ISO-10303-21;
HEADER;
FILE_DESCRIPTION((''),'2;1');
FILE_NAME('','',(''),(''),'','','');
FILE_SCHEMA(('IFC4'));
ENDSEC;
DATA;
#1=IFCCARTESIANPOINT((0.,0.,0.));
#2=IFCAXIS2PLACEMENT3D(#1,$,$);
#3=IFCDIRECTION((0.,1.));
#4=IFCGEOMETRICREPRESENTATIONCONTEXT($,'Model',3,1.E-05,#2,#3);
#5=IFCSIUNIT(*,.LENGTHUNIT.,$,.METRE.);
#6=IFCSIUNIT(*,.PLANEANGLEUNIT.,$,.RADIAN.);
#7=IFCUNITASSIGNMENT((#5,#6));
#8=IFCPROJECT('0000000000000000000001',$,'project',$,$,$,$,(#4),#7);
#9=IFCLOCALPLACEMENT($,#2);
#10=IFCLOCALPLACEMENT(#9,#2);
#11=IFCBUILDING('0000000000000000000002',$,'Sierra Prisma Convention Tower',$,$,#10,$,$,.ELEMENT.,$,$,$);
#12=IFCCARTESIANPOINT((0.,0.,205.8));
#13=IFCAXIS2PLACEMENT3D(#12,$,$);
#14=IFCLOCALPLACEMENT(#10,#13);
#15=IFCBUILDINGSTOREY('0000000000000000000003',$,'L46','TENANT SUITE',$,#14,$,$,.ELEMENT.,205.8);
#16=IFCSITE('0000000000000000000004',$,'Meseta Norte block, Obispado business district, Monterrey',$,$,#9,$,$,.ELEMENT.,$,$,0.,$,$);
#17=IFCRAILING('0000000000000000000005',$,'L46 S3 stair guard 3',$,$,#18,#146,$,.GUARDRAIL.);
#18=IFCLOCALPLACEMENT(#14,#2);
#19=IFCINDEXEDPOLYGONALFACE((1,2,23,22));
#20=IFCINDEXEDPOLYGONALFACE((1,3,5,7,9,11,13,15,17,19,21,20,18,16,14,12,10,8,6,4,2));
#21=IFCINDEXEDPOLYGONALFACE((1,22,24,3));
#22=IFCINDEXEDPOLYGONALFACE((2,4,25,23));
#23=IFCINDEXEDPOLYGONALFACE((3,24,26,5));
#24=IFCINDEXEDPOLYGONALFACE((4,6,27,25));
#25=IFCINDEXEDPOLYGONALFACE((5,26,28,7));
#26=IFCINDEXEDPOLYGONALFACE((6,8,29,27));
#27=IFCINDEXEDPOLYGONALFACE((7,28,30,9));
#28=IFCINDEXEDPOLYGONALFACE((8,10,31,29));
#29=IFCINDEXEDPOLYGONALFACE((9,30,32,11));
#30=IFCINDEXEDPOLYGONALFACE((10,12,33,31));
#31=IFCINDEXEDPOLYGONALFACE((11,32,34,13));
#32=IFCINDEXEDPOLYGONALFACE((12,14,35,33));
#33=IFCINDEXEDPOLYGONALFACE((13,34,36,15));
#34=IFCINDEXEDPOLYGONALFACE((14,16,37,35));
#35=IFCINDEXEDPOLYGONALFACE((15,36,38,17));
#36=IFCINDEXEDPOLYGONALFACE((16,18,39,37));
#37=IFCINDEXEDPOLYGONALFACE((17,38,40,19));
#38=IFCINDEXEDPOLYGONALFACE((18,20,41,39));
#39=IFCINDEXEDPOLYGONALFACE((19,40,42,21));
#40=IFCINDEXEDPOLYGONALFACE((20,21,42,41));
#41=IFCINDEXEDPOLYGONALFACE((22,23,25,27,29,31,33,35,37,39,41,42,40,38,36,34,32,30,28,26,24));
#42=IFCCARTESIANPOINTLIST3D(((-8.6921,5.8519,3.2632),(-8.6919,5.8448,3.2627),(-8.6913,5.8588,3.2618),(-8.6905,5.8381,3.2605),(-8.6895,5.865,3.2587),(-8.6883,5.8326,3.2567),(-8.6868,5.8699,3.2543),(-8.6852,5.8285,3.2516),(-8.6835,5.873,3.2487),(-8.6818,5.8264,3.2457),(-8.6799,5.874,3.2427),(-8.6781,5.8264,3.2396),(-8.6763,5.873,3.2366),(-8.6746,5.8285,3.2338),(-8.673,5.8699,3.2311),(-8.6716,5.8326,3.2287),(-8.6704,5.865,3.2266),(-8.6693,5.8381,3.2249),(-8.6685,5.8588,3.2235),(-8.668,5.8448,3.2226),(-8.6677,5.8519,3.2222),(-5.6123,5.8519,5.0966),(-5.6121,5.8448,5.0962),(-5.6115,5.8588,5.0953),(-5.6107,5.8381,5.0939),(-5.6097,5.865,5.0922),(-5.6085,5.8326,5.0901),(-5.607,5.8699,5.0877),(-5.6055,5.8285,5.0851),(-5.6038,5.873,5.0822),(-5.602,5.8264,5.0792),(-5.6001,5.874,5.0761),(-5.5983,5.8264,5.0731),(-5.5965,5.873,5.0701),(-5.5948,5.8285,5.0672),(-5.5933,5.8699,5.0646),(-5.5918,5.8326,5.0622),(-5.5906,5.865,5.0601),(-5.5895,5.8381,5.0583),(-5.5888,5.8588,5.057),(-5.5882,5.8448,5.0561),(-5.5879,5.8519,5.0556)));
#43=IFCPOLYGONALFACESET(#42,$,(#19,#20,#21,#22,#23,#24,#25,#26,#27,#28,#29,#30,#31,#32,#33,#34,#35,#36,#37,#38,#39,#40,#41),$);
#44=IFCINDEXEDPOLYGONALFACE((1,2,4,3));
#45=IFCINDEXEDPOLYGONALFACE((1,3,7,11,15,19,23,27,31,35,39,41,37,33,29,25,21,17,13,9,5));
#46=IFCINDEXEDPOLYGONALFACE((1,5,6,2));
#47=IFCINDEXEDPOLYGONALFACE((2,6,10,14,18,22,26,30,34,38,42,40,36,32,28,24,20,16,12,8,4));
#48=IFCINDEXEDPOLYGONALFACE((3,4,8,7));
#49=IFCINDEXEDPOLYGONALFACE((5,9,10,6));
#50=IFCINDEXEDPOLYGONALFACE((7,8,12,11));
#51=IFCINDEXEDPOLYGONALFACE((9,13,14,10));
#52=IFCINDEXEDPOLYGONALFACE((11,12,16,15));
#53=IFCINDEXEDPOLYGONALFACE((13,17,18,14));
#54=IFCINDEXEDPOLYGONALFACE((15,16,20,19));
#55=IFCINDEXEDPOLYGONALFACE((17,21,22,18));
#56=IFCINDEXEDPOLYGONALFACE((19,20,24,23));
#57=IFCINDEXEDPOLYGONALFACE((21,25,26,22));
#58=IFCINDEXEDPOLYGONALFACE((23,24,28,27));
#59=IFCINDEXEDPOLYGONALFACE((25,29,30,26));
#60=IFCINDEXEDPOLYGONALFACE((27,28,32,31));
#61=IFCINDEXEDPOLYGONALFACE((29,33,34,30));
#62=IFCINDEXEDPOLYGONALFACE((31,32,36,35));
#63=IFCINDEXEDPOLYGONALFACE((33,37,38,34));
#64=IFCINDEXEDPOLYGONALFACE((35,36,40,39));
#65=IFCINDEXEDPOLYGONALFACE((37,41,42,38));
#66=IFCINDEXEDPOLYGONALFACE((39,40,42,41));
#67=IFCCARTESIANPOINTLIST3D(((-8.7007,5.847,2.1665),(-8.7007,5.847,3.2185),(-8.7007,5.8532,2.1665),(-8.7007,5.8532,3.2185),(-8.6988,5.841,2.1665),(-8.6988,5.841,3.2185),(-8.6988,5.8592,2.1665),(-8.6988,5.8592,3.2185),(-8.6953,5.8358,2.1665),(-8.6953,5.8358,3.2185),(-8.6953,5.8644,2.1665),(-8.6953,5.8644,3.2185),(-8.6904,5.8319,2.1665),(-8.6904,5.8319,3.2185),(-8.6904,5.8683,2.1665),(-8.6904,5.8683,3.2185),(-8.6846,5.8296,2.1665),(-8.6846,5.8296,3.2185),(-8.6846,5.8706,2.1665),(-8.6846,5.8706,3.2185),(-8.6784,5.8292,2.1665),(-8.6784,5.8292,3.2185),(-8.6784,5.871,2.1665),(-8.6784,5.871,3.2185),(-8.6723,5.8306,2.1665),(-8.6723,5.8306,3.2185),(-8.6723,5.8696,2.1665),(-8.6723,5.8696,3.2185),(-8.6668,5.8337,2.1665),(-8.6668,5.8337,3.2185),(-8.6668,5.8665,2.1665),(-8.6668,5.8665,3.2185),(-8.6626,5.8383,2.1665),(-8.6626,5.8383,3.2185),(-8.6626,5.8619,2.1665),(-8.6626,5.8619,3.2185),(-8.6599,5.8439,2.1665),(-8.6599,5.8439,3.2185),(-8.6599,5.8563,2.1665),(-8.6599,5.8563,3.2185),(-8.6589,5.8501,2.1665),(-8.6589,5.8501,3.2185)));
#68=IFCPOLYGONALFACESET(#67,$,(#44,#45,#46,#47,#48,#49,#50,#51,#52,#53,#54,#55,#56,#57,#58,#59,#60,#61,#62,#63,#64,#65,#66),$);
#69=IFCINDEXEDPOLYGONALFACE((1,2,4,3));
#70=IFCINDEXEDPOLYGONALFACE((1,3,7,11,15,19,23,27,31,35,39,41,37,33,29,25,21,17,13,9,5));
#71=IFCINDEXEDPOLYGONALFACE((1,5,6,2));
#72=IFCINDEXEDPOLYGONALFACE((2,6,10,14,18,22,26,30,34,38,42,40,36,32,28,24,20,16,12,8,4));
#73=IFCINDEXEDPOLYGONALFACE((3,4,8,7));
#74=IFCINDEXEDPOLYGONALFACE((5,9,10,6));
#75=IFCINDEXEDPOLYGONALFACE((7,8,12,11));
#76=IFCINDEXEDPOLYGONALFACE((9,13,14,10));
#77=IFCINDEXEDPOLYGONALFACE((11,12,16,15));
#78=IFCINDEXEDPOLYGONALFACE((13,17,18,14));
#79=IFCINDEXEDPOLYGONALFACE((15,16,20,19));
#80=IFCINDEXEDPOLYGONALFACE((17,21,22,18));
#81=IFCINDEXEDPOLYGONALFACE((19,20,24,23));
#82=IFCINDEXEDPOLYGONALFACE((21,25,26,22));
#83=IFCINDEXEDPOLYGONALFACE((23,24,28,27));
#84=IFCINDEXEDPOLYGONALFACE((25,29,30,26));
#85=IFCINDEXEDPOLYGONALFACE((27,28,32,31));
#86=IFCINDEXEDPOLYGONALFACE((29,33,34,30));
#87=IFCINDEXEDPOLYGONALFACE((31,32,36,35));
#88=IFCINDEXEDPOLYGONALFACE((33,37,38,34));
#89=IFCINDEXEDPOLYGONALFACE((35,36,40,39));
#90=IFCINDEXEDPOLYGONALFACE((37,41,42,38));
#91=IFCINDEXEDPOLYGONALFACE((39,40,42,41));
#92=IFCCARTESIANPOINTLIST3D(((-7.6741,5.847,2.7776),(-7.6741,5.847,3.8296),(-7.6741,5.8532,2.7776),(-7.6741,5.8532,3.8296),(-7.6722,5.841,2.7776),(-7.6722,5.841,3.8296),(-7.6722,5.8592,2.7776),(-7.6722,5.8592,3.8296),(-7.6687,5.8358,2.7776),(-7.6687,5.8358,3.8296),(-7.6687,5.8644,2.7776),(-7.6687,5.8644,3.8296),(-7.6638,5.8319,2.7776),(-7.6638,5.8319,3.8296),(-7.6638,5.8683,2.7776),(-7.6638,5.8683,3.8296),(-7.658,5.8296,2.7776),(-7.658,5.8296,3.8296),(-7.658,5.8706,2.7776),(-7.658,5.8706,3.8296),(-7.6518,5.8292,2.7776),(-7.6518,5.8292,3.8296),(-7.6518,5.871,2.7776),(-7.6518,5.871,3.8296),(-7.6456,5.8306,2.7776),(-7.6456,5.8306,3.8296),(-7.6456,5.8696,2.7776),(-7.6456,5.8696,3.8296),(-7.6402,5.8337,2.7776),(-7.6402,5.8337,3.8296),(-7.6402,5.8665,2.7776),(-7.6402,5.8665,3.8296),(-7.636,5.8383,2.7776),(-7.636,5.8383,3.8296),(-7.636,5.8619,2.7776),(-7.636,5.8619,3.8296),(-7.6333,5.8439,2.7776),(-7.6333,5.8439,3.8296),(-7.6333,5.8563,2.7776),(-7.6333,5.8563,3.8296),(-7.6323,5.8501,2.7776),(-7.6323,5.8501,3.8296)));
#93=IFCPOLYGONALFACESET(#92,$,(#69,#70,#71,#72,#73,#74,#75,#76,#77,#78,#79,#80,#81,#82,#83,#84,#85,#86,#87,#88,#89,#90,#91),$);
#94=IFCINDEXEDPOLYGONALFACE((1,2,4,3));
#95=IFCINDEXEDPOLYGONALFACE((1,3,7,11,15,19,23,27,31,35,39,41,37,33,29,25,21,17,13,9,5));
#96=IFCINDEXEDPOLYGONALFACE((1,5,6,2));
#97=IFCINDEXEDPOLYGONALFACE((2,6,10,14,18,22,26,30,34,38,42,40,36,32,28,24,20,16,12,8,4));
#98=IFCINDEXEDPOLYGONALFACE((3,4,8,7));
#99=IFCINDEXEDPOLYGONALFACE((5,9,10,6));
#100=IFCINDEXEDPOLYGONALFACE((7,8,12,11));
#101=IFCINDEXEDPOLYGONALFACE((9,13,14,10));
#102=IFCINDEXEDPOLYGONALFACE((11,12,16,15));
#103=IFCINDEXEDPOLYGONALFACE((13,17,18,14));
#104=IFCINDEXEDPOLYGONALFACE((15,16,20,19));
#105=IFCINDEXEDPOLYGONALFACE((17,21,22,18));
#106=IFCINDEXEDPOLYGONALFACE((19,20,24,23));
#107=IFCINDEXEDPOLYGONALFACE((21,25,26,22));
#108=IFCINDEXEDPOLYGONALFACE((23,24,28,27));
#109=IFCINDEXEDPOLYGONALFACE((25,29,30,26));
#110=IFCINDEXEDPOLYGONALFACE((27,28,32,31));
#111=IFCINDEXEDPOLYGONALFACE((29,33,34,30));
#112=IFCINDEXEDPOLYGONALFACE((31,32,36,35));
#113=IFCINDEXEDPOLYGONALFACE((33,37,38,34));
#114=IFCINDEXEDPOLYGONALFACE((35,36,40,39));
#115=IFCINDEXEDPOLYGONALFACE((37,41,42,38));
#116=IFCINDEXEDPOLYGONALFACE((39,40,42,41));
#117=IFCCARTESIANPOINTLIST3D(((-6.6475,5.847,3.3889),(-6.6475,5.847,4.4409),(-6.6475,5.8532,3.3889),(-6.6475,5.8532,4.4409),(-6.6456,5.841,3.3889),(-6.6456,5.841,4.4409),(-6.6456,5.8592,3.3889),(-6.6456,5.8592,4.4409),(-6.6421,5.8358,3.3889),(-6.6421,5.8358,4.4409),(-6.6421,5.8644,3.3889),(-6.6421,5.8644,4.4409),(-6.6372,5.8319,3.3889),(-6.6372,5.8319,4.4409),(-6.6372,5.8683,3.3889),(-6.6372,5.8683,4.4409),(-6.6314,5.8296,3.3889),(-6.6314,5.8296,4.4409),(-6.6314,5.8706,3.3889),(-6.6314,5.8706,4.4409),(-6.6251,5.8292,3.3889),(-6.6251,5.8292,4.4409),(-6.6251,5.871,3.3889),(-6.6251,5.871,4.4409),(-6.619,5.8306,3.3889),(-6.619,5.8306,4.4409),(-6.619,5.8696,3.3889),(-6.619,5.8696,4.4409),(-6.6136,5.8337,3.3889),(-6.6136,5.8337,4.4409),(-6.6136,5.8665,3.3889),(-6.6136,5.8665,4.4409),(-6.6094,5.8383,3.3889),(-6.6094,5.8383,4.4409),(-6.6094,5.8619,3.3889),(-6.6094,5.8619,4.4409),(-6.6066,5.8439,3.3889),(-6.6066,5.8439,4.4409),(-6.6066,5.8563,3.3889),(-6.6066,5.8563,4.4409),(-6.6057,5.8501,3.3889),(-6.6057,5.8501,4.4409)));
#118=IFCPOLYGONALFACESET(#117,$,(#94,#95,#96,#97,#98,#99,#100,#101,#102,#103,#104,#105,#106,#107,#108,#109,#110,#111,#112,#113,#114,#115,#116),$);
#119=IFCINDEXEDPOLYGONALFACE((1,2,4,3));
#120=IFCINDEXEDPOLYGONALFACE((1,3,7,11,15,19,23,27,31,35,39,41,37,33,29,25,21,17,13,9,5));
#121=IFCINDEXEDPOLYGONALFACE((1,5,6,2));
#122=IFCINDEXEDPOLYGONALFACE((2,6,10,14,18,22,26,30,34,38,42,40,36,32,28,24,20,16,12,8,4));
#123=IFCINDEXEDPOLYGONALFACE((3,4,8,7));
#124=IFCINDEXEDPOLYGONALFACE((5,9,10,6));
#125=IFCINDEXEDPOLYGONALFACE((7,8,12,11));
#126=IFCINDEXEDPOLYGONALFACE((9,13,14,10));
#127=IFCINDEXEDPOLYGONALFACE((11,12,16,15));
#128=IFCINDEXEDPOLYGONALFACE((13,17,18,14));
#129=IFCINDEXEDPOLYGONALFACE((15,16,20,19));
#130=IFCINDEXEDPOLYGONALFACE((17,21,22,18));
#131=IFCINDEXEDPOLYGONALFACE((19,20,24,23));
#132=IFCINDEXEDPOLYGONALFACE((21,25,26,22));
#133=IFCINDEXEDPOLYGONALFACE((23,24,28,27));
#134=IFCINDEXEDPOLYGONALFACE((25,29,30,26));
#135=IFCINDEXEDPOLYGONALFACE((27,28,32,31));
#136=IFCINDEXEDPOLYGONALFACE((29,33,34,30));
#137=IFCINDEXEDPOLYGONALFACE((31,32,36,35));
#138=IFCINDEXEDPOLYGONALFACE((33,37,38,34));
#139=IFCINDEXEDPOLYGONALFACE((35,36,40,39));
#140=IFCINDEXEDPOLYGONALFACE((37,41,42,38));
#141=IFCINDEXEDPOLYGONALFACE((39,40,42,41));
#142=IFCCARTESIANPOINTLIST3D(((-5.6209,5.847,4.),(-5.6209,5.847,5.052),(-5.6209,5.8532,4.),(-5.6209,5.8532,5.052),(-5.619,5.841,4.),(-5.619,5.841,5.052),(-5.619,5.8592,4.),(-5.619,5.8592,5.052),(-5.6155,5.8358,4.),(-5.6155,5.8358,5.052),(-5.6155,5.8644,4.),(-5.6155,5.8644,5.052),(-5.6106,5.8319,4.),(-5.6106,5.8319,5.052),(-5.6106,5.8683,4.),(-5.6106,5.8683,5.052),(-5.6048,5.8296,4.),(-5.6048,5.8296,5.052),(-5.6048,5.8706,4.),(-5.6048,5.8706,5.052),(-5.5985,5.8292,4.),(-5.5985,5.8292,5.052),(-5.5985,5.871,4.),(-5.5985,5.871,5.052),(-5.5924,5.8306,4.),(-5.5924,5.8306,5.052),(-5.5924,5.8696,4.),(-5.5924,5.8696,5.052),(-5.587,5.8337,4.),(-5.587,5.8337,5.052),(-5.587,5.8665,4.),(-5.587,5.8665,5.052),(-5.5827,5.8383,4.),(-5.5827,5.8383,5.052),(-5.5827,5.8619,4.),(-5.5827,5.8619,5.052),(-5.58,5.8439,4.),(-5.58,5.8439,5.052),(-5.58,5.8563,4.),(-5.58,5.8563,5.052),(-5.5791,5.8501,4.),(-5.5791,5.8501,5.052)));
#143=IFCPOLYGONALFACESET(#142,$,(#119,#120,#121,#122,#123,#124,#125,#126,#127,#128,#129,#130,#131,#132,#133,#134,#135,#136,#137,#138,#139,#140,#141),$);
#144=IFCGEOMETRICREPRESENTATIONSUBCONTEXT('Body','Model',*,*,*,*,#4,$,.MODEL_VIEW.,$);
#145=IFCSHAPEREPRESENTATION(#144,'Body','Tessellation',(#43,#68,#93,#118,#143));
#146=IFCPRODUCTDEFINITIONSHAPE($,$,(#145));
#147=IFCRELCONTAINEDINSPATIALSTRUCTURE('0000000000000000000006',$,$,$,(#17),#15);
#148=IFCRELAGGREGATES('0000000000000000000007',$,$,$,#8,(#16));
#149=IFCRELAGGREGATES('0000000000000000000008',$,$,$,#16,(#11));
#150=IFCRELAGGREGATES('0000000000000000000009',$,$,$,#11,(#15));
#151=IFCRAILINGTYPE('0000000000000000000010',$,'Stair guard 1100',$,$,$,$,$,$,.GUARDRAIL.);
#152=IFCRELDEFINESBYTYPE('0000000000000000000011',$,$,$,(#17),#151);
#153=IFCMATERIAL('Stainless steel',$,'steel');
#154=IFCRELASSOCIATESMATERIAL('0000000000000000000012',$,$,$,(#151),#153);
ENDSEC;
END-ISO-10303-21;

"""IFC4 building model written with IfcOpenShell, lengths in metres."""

from ifc_helpers import new_model, si_unit, direction, frame, origin, origin_2d, place, context, subcontext, project, spatial, circle, extrude, material, type_object, element, save


model = new_model("IFC4")

# Units and contexts
model_context = context("Model", 3, precision=1e-05, world=origin(), true_north=direction((0.0, 1.0)))
body_context = subcontext(model_context, "Body", "Model", "MODEL_VIEW")
ifc_project = project(units=[si_unit("LENGTHUNIT", "METRE"), si_unit("PLANEANGLEUNIT", "RADIAN")], contexts=[model_context])

# Site, building, storey
site_placement = place(None, origin())
site = spatial("IfcSite", under=ifc_project, at=site_placement, Name="Meseta Norte block, Obispado business district, Monterrey", CompositionType="ELEMENT", RefElevation=0.0)
building_placement = place(site_placement, origin())
building = spatial("IfcBuilding", under=site, at=building_placement, Name="Sierra Prisma Convention Tower", CompositionType="ELEMENT")
storey_placement = place(building_placement, frame((0.0, 0.0, 205.8)))
storey = spatial("IfcBuildingStorey", under=building, at=storey_placement, Name="L46", Description="TENANT SUITE", CompositionType="ELEMENT", Elevation=205.8)

# Railing
ifc_material_1 = material(Name="Stainless steel", Category="steel")
railing_type_1 = type_object("IfcRailingType", Name="Stair guard 1100", PredefinedType="GUARDRAIL", material=ifc_material_1)
railing_1_placement = place(storey_placement, frame((-8.6799, 5.8501, 2.1665)))
element("IfcRailing", 1, at=railing_1_placement, inside=storey, type_object=railing_type_1, Name="L46 S3 stair guard 3", PredefinedType="GUARDRAIL", context=body_context, shape_type="SweptSolid", body=[
    extrude(circle(Radius=0.0239, at=origin_2d()), frame((0.0, 0.0, 1.0762), z_axis=(0.859261, 0.0, 0.511538), x_axis=(0.0, 1.0, 0.0)), (0.0, 0.0, 1.0), 3.5842),
    extrude(circle(Radius=0.021, at=origin_2d()), origin(), (0.0, 0.0, 1.0), 1.052),
    extrude(circle(Radius=0.021, at=origin_2d()), frame((1.0266, 0.0, 0.6111)), (0.0, 0.0, 1.0), 1.052),
    extrude(circle(Radius=0.021, at=origin_2d()), frame((2.0532, 0.0, 1.2224)), (0.0, 0.0, 1.0), 1.052),
    extrude(circle(Radius=0.021, at=origin_2d()), frame((3.0798, 0.0, 1.8335)), (0.0, 0.0, 1.0), 1.052),
])

save(model, "model.ifc")
